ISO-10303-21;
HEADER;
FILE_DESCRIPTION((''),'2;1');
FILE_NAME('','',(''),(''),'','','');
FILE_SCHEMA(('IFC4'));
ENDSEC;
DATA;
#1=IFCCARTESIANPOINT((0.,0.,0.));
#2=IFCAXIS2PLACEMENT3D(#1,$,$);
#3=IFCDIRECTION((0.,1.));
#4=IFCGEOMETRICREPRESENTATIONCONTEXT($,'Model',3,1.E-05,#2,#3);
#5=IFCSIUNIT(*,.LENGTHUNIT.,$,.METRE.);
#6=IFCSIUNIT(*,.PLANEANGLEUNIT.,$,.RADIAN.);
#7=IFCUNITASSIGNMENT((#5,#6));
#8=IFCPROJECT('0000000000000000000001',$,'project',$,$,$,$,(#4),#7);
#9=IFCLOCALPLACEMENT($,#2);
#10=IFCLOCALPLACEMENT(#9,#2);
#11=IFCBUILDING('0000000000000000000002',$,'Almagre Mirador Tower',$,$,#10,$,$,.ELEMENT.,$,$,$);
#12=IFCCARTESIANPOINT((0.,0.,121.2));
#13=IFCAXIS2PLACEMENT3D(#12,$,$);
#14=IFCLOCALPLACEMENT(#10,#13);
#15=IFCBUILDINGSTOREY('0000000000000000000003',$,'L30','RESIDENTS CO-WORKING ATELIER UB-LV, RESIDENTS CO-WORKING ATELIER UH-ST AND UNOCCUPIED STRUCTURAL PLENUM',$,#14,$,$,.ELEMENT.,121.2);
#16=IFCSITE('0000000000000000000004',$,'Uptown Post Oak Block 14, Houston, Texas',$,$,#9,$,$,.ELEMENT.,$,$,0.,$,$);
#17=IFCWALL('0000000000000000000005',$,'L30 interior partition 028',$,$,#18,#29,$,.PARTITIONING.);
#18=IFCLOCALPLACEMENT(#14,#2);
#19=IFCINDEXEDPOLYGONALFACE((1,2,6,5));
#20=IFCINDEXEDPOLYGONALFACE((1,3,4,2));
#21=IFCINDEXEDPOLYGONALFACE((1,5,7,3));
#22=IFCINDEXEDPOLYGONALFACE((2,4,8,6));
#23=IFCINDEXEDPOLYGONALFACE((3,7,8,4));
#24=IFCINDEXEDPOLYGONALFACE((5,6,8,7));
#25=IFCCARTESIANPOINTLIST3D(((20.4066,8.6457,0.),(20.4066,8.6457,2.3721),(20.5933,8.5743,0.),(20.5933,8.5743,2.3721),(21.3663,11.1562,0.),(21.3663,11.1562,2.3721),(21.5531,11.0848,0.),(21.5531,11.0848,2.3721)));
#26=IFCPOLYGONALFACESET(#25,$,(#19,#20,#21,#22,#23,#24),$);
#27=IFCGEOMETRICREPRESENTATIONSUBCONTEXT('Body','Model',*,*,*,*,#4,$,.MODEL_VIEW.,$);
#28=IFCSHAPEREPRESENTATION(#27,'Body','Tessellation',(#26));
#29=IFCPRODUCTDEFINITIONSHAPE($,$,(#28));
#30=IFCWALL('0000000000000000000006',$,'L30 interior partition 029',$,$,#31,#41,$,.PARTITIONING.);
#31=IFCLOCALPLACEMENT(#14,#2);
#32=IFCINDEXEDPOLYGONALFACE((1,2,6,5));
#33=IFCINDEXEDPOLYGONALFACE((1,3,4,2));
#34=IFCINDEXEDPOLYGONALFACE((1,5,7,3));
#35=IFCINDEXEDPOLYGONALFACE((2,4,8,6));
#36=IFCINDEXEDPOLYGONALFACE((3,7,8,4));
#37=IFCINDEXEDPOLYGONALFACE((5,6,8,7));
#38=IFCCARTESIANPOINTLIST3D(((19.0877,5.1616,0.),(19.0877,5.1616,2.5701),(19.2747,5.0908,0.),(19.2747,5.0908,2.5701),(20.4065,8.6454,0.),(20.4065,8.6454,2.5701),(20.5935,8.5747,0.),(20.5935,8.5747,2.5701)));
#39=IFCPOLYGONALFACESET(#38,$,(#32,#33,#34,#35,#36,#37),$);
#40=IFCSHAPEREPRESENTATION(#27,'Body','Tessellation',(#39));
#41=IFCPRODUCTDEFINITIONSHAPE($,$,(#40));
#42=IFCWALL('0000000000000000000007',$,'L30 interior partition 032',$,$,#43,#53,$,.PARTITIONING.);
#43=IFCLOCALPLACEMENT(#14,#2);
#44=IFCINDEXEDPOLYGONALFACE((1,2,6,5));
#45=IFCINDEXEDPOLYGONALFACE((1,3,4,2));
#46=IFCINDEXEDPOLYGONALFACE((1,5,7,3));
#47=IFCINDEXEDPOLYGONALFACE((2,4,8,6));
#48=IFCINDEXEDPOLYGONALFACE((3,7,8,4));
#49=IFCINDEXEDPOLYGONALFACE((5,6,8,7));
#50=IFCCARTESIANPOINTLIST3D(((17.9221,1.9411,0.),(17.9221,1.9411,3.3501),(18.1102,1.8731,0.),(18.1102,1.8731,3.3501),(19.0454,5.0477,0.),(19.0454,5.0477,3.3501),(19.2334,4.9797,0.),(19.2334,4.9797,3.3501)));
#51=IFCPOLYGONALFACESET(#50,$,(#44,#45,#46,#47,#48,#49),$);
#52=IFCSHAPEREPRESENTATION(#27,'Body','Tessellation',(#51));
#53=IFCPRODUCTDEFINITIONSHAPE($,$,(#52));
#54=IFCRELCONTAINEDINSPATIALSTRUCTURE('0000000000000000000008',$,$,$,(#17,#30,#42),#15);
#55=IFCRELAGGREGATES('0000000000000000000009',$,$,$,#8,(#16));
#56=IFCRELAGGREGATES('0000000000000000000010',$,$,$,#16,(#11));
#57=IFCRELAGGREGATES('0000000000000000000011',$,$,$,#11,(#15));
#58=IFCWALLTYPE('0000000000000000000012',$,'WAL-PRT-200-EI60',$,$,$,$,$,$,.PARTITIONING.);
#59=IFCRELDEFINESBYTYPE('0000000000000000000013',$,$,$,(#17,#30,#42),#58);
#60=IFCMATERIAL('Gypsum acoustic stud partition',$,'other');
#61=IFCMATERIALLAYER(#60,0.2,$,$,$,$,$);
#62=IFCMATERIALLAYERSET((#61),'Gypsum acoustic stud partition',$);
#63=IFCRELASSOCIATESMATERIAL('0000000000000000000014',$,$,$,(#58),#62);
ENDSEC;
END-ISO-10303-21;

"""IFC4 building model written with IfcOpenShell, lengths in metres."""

from ifc_helpers import new_model, si_unit, direction, frame, frame_2d, origin, place, context, subcontext, project, spatial, rectangle, extrude, material, layer, layer_set, type_object, element, save


model = new_model("IFC4")

# Units and contexts
model_context = context("Model", 3, precision=1e-05, world=origin(), true_north=direction((0.0, 1.0)))
body_context = subcontext(model_context, "Body", "Model", "MODEL_VIEW")
ifc_project = project(units=[si_unit("LENGTHUNIT", "METRE"), si_unit("PLANEANGLEUNIT", "RADIAN")], contexts=[model_context])

# Site, building, storey
site_placement = place(None, origin())
site = spatial("IfcSite", under=ifc_project, at=site_placement, Name="Uptown Post Oak Block 14, Houston, Texas", CompositionType="ELEMENT", RefElevation=0.0)
building_placement = place(site_placement, origin())
building = spatial("IfcBuilding", under=site, at=building_placement, Name="Almagre Mirador Tower", CompositionType="ELEMENT")
storey_placement = place(building_placement, frame((0.0, 0.0, 121.2)))
storey = spatial("IfcBuildingStorey", under=building, at=storey_placement, Name="L30", Description="RESIDENTS CO-WORKING ATELIER UB-LV, RESIDENTS CO-WORKING ATELIER UH-ST AND UNOCCUPIED STRUCTURAL PLENUM", CompositionType="ELEMENT", Elevation=121.2)

# Shared definitions
ifc_material_1 = material(Name="Gypsum acoustic stud partition", Category="other")
ifc_layer_1 = layer(ifc_material_1, 0.2)
ifc_layer_set_1 = layer_set([ifc_layer_1], Name="Gypsum acoustic stud partition")
wall_type_1 = type_object("IfcWallType", Name="WAL-PRT-200-EI60", PredefinedType="PARTITIONING", material=ifc_layer_set_1)

# Walls
wall_1_placement = place(storey_placement, frame((20.5, 8.6101, 0.0), z_axis=(0.0, 0.0, 1.0), x_axis=(0.357079, 0.934074, 0.0)))
element("IfcWall", 1, at=wall_1_placement, inside=storey, type_object=wall_type_1, Name="L30 interior partition 028", PredefinedType="PARTITIONING", context=body_context, shape_type="SweptSolid", body=[
    extrude(rectangle(XDim=2.6877, YDim=0.2, at=frame_2d((1.3438, 0.0))), origin(), (0.0, 0.0, 1.0), 2.3721),
])
wall_2_placement = place(storey_placement, frame((19.1812, 5.1262, 0.0), z_axis=(0.0, 0.0, 1.0), x_axis=(0.354038, 0.935231, 0.0)))
element("IfcWall", 2, at=wall_2_placement, inside=storey, type_object=wall_type_1, Name="L30 interior partition 029", PredefinedType="PARTITIONING", context=body_context, shape_type="SweptSolid", body=[
    extrude(rectangle(XDim=3.7251, YDim=0.2, at=frame_2d((1.8625, 0.0))), origin(), (0.0, 0.0, 1.0), 2.5701),
])
wall_3_placement = place(storey_placement, frame((18.0161, 1.907, 0.0), z_axis=(0.0, 0.0, 1.0), x_axis=(0.340028, 0.940415, 0.0)))
element("IfcWall", 3, at=wall_3_placement, inside=storey, type_object=wall_type_1, Name="L30 interior partition 032", PredefinedType="PARTITIONING", context=body_context, shape_type="SweptSolid", body=[
    extrude(rectangle(XDim=3.3035, YDim=0.2, at=frame_2d((1.6519, 0.0))), origin(), (0.0, 0.0, 1.0), 3.3501),
])

save(model, "model.ifc")
